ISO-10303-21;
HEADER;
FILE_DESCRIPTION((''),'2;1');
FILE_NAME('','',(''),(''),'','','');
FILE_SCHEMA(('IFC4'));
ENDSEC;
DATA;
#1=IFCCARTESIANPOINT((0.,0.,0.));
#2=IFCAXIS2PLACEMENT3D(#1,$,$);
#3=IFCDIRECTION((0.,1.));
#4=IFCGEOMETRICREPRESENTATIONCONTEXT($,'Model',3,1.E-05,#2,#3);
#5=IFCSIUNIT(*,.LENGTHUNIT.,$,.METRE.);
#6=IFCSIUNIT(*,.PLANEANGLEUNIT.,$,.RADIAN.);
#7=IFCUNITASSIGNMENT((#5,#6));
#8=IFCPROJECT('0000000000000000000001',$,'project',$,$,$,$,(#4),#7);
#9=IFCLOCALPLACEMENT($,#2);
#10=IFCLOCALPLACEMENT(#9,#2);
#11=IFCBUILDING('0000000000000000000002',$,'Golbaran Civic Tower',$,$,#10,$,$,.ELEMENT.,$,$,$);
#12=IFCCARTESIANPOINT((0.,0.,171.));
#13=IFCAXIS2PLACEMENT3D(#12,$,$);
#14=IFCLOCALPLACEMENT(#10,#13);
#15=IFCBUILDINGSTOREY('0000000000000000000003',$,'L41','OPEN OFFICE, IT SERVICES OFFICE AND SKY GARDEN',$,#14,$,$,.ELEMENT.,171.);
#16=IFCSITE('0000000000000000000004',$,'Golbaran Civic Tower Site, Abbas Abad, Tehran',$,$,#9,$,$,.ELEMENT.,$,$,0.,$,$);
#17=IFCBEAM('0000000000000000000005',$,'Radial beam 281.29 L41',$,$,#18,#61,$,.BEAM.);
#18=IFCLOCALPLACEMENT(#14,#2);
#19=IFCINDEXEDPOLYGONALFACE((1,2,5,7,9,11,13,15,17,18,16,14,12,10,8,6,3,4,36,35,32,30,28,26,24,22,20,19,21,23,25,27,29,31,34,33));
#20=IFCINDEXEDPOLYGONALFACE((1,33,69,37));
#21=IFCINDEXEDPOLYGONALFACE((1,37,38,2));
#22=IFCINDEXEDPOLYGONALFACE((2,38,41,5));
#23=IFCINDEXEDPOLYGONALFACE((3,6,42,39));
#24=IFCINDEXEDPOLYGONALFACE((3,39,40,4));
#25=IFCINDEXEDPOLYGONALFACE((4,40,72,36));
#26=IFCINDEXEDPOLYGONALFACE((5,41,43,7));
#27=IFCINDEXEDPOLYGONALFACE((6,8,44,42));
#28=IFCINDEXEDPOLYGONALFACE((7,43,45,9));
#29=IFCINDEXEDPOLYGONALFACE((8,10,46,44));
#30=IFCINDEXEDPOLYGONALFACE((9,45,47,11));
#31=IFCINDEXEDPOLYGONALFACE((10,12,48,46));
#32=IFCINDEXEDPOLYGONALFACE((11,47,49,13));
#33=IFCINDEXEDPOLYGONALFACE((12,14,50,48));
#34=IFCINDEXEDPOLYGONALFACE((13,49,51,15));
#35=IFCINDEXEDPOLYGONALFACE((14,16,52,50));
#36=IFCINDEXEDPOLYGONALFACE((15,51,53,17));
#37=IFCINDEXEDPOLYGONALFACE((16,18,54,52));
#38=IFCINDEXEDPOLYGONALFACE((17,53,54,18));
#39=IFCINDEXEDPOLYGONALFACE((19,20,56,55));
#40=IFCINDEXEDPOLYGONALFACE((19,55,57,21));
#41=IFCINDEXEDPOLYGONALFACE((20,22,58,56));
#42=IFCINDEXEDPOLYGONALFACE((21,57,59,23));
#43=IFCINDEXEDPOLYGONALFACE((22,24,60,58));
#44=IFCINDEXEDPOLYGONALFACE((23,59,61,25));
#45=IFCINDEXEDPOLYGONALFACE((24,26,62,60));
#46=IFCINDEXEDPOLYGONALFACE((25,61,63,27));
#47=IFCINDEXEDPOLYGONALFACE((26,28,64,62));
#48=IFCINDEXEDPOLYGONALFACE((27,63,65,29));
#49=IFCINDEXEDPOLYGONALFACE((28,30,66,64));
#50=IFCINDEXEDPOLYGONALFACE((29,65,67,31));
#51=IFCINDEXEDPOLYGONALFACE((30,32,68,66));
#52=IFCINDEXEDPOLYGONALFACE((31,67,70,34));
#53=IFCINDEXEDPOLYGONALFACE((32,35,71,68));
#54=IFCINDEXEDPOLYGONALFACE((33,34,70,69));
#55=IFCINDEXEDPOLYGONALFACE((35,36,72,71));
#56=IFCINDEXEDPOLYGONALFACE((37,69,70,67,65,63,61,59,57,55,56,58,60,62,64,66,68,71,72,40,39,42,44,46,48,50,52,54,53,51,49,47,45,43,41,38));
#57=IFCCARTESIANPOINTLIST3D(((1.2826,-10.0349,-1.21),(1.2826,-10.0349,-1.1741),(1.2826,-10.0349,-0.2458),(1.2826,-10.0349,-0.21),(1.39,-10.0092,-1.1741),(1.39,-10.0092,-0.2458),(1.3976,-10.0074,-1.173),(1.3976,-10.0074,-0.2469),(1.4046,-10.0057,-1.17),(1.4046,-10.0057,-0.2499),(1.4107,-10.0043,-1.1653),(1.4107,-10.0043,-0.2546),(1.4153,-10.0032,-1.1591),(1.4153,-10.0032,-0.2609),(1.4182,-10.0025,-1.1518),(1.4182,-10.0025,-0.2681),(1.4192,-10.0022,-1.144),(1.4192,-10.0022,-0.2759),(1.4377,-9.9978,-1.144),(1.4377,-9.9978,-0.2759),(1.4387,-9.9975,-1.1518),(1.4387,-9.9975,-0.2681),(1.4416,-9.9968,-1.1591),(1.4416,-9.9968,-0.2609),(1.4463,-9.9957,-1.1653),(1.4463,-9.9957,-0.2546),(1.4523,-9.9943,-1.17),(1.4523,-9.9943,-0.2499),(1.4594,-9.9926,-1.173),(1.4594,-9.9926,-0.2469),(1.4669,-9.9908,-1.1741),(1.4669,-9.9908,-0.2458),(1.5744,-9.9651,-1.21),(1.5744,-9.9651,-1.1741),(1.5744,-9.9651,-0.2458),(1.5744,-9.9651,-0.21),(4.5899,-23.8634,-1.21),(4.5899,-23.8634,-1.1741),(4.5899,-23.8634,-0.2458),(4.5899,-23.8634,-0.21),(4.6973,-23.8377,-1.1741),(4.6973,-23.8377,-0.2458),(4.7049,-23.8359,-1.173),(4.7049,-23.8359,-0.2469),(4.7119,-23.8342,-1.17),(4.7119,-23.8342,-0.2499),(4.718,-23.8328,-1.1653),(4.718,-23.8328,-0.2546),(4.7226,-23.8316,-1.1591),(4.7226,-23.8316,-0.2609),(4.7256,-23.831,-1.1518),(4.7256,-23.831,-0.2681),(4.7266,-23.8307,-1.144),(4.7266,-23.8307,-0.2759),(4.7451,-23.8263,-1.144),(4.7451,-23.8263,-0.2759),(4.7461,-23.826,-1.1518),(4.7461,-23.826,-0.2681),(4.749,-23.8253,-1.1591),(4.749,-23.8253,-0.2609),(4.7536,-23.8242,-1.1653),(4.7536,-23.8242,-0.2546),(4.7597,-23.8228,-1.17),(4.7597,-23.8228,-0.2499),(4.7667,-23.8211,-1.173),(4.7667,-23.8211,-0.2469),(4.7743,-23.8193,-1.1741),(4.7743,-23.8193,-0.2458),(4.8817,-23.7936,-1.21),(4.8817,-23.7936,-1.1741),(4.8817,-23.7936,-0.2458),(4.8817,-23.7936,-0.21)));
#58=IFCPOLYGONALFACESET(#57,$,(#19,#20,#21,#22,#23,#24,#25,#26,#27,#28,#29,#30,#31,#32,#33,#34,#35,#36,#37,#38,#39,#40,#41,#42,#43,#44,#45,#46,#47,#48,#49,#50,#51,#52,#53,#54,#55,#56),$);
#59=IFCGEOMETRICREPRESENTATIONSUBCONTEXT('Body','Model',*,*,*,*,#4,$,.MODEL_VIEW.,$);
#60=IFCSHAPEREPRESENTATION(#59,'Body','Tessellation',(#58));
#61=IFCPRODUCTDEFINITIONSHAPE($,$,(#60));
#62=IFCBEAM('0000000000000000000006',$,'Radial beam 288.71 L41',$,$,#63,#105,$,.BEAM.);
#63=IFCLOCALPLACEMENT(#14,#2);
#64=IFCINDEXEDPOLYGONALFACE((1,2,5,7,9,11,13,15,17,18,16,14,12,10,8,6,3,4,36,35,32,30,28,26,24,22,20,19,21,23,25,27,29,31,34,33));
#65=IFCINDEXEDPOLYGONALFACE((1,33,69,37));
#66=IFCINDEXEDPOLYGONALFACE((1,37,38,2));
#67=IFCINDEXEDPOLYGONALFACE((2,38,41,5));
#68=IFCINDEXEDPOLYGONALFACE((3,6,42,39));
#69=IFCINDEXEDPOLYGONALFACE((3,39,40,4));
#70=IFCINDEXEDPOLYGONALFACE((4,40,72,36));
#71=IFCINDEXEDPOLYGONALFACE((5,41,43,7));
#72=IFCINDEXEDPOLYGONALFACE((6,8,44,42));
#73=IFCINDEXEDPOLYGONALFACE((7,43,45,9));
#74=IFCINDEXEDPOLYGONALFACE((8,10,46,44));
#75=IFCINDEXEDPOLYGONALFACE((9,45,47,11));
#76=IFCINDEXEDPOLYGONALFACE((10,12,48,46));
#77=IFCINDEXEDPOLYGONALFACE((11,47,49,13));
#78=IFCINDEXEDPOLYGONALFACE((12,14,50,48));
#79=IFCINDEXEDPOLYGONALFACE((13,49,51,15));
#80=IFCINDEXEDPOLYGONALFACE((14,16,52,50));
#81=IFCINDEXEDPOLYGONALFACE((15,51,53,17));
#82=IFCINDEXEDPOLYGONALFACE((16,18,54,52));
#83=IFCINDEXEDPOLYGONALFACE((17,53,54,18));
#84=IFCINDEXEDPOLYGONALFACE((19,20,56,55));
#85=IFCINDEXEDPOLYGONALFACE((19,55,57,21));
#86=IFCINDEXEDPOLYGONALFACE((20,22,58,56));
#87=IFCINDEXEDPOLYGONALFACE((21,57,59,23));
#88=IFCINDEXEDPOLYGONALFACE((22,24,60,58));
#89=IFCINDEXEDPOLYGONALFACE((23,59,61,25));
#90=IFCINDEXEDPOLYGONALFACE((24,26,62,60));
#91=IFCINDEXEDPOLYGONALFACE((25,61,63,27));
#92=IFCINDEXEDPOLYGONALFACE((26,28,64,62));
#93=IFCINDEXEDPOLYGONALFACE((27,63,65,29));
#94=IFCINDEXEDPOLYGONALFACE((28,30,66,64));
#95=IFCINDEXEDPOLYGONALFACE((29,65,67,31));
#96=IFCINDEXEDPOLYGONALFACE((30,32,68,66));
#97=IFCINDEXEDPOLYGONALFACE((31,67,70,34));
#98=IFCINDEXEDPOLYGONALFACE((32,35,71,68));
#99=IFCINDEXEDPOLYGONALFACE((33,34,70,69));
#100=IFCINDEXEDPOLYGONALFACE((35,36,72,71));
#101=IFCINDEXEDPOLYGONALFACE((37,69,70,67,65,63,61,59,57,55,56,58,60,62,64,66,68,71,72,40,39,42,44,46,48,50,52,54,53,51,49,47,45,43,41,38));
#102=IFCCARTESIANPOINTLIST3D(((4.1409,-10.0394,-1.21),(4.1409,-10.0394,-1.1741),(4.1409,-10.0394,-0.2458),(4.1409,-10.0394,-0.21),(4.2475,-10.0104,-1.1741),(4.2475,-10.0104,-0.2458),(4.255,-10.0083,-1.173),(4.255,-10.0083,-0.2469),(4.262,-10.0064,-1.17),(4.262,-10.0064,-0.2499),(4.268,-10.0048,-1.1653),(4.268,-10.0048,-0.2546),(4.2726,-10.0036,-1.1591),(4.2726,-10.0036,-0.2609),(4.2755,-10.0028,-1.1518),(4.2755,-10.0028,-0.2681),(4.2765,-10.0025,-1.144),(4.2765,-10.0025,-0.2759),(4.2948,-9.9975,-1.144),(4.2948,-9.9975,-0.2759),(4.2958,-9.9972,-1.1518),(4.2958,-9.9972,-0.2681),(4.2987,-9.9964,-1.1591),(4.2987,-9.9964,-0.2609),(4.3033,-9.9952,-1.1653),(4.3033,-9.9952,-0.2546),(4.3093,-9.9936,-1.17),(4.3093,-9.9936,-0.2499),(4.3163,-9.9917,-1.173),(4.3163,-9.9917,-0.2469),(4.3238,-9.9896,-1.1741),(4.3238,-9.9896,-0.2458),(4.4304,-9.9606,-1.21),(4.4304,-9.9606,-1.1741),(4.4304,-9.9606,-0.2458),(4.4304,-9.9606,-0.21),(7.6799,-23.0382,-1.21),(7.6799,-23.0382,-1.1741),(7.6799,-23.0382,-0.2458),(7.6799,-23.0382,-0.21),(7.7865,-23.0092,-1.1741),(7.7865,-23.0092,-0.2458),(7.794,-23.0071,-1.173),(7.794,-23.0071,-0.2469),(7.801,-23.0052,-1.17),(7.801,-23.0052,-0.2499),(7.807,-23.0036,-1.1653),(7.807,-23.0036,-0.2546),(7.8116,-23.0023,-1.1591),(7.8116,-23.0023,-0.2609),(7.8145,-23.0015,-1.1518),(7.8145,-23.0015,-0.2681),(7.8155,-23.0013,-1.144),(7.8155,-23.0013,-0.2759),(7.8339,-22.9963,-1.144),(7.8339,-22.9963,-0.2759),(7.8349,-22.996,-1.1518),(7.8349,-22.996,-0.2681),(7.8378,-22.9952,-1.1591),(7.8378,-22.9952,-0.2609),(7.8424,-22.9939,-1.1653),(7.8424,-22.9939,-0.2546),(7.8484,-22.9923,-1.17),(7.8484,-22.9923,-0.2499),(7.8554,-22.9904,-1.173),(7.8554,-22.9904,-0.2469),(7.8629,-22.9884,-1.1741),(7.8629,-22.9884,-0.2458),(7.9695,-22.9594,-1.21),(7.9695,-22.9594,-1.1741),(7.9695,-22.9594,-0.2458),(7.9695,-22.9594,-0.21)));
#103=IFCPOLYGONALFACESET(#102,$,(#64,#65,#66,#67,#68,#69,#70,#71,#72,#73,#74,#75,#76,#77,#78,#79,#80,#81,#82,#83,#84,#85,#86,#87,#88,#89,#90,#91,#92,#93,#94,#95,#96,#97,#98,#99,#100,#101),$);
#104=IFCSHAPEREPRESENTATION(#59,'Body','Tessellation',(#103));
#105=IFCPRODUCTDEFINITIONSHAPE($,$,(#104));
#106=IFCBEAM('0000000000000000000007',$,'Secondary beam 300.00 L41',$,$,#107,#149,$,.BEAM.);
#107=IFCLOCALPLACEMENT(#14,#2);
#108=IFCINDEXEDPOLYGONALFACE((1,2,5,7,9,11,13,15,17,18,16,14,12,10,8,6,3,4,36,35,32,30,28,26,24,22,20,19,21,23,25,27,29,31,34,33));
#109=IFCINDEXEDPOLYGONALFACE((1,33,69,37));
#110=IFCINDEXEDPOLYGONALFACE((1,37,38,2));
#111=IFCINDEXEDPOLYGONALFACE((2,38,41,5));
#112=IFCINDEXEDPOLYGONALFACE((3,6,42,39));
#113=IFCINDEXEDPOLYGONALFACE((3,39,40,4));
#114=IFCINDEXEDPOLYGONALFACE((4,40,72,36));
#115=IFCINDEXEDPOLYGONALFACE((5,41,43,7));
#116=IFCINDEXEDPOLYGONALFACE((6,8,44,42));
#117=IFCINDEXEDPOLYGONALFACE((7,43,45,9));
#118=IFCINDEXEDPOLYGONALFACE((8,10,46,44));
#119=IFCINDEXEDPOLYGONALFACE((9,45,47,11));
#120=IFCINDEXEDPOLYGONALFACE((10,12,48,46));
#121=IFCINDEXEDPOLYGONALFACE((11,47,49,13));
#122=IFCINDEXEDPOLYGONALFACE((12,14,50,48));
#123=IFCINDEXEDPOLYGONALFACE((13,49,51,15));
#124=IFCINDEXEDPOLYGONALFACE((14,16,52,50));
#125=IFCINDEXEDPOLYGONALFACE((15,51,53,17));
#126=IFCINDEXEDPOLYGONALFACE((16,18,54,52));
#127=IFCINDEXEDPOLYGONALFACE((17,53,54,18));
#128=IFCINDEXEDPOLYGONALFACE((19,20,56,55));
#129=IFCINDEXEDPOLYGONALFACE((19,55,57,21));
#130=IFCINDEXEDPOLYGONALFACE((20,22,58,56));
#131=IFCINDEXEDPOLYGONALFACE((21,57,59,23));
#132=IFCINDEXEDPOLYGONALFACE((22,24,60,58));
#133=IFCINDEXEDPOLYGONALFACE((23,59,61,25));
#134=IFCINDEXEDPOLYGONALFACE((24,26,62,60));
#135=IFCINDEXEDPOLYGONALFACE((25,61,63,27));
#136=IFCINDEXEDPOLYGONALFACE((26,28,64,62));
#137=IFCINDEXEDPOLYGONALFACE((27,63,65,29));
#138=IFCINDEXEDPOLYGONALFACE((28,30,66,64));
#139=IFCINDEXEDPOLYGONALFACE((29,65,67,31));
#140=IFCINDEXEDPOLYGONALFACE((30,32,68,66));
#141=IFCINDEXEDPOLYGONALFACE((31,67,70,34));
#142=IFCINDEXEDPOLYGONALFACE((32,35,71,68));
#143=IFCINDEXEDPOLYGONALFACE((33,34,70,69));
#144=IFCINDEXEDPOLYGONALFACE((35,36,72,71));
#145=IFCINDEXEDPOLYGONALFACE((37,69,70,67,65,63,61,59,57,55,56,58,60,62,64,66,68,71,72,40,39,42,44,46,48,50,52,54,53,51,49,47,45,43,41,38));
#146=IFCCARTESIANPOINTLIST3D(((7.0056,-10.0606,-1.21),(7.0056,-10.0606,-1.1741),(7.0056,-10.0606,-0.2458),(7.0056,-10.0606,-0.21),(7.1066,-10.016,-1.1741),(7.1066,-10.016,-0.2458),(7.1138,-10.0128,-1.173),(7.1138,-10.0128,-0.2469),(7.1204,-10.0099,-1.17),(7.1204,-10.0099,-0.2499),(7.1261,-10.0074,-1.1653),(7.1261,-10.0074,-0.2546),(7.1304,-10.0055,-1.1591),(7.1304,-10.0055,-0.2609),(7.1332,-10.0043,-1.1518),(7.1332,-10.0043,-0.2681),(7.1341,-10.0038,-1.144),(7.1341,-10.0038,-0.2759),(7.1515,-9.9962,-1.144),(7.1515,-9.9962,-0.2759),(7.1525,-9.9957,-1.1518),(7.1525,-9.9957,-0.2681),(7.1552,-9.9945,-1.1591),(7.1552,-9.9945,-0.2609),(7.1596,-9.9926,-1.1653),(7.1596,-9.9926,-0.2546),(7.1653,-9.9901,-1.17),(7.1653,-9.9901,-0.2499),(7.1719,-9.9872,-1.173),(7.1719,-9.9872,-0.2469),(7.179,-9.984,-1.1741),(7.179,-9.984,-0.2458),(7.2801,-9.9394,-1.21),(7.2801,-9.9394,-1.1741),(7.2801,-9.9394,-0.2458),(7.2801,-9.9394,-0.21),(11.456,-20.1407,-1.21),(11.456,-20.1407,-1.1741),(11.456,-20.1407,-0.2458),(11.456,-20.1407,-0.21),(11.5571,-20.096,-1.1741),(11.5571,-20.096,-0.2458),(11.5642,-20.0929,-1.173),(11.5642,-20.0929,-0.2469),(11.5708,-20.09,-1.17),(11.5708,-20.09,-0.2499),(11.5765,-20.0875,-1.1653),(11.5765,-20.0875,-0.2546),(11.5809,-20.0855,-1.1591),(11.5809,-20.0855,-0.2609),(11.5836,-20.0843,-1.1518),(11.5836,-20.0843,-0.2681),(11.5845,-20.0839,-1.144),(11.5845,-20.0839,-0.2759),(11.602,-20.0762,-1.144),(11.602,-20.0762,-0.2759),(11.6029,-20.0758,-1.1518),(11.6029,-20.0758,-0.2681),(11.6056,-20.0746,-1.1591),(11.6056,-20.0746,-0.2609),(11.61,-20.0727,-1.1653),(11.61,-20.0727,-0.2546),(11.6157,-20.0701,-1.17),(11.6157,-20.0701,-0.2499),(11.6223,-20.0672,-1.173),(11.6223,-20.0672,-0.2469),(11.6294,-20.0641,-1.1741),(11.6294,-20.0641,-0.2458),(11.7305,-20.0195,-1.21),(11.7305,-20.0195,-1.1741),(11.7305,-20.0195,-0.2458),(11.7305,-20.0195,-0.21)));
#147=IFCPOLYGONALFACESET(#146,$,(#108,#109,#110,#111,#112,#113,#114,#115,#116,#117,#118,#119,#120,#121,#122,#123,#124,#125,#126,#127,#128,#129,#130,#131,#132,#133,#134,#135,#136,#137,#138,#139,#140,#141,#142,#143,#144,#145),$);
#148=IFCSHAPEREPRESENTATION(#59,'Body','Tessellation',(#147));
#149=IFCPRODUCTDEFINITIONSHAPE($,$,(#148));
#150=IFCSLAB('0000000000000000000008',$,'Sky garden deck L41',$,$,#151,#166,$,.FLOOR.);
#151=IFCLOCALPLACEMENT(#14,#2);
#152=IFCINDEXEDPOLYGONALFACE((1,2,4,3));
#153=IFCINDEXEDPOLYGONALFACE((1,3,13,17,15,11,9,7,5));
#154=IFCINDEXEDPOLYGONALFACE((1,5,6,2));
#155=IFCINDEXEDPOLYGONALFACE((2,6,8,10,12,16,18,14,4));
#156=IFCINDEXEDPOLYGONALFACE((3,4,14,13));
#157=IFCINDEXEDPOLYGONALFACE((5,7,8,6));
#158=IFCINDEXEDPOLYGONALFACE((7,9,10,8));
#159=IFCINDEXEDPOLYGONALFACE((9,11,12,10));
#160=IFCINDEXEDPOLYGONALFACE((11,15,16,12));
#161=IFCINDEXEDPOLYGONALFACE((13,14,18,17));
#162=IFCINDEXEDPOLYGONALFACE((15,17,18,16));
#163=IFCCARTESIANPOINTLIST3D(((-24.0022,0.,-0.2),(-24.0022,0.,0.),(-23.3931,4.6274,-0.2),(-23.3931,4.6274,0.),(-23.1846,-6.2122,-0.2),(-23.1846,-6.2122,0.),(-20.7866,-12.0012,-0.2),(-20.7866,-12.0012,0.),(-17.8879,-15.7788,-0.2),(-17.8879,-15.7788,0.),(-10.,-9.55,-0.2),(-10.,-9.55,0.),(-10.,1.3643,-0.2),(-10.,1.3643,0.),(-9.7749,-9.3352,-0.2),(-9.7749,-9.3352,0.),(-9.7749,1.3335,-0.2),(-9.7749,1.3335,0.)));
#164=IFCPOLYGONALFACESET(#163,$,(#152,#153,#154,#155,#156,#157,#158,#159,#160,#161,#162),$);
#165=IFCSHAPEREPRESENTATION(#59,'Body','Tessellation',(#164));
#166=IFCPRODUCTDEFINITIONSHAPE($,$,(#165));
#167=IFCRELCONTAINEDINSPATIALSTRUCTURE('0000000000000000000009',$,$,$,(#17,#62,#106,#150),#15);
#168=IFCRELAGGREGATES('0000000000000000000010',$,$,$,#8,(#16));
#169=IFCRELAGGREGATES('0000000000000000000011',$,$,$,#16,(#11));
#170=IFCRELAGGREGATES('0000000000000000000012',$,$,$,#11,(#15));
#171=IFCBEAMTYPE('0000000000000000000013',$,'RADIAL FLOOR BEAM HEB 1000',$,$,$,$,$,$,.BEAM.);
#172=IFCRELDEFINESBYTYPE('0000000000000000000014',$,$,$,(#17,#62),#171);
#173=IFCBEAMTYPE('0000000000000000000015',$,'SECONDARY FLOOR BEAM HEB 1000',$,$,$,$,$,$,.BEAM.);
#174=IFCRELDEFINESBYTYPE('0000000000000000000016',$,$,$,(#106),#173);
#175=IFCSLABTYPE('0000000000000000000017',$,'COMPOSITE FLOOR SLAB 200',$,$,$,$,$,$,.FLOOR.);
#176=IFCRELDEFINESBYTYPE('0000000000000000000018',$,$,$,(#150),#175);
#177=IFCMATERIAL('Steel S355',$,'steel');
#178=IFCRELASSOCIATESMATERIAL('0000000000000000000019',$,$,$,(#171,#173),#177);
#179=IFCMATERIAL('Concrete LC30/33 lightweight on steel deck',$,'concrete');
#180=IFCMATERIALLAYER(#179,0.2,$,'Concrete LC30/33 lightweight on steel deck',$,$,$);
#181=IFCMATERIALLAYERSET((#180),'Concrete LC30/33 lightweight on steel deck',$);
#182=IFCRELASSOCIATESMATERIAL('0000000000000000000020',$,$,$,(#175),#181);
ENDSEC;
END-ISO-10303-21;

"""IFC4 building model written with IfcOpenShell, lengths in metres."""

from ifc_helpers import new_model, si_unit, direction, frame, origin, origin_2d, place, context, subcontext, project, spatial, polyline, i_section, outline, extrude, material, layer, layer_set, material_profile, profile_set, type_object, element, save


model = new_model("IFC4")

# Units and contexts
model_context = context("Model", 3, precision=1e-05, world=origin(), true_north=direction((0.0, 1.0)))
body_context = subcontext(model_context, "Body", "Model", "MODEL_VIEW")
ifc_project = project(units=[si_unit("LENGTHUNIT", "METRE"), si_unit("PLANEANGLEUNIT", "RADIAN")], contexts=[model_context])

# Site, building, storey
site_placement = place(None, origin())
site = spatial("IfcSite", under=ifc_project, at=site_placement, Name="Golbaran Civic Tower Site, Abbas Abad, Tehran", CompositionType="ELEMENT", RefElevation=0.0)
building_placement = place(site_placement, origin())
building = spatial("IfcBuilding", under=site, at=building_placement, Name="Golbaran Civic Tower", CompositionType="ELEMENT")
storey_placement = place(building_placement, frame((0.0, 0.0, 171.0)))
storey = spatial("IfcBuildingStorey", under=building, at=storey_placement, Name="L41", Description="OPEN OFFICE, IT SERVICES OFFICE AND SKY GARDEN", CompositionType="ELEMENT", Elevation=171.0)

# Beams
ifc_material_1 = material(Name="Steel S355", Category="steel")
ifc_material_profile_1 = material_profile(ifc_material_1, i_section(OverallWidth=0.3, OverallDepth=1.0, WebThickness=0.019, FlangeThickness=0.0359, FilletRadius=0.03, at=origin_2d()), Name="HEB 1000")
ifc_profile_set_1 = profile_set([ifc_material_profile_1], Name="Steel S355")
beam_type_1 = type_object("IfcBeamType", Name="RADIAL FLOOR BEAM HEB 1000", PredefinedType="BEAM", material=ifc_profile_set_1)
beam_1_placement = place(storey_placement, frame((1.4285, -10.0, -0.71), z_axis=(0.232609, -0.97257, 0.0), x_axis=(0.97257, 0.232609, 0.0)))
element("IfcBeam", 1, at=beam_1_placement, inside=storey, type_object=beam_type_1, Name="Radial beam 281.29 L41", PredefinedType="BEAM", context=body_context, shape_type="SweptSolid", body=[
    extrude(i_section(OverallWidth=0.3, OverallDepth=1.0, WebThickness=0.019, FlangeThickness=0.0359, FilletRadius=0.03, at=origin_2d()), origin(), (0.0, 0.0, 1.0), 14.2185),
])
beam_2_placement = place(storey_placement, frame((4.2856, -10.0, -0.71), z_axis=(0.262699, -0.964878, 0.0), x_axis=(0.964878, 0.262699, 0.0)))
element("IfcBeam", 2, at=beam_2_placement, inside=storey, type_object=beam_type_1, Name="Radial beam 288.71 L41", PredefinedType="BEAM", context=body_context, shape_type="SweptSolid", body=[
    extrude(i_section(OverallWidth=0.3, OverallDepth=1.0, WebThickness=0.019, FlangeThickness=0.0359, FilletRadius=0.03, at=origin_2d()), origin(), (0.0, 0.0, 1.0), 13.4719),
])
ifc_material_profile_2 = material_profile(ifc_material_1, i_section(OverallWidth=0.3, OverallDepth=1.0, WebThickness=0.019, FlangeThickness=0.0359, FilletRadius=0.03, at=origin_2d()), Name="HEB 1000")
ifc_profile_set_2 = profile_set([ifc_material_profile_2], Name="Steel S355")
beam_type_2 = type_object("IfcBeamType", Name="SECONDARY FLOOR BEAM HEB 1000", PredefinedType="BEAM", material=ifc_profile_set_2)
beam_3_placement = place(storey_placement, frame((7.1428, -10.0, -0.71), z_axis=(0.403894, -0.914806, 0.0), x_axis=(0.914806, 0.403894, 0.0)))
element("IfcBeam", 3, at=beam_3_placement, inside=storey, type_object=beam_type_2, Name="Secondary beam 300.00 L41", PredefinedType="BEAM", context=body_context, shape_type="SweptSolid", body=[
    extrude(i_section(OverallWidth=0.3, OverallDepth=1.0, WebThickness=0.019, FlangeThickness=0.0359, FilletRadius=0.03, at=origin_2d()), origin(), (0.0, 0.0, 1.0), 11.0188),
])

# Slab
ifc_material_2 = material(Name="Concrete LC30/33 lightweight on steel deck", Category="concrete")
ifc_layer_1 = layer(ifc_material_2, 0.2, Name="Concrete LC30/33 lightweight on steel deck")
ifc_layer_set_1 = layer_set([ifc_layer_1], Name="Concrete LC30/33 lightweight on steel deck")
slab_type = type_object("IfcSlabType", Name="COMPOSITE FLOOR SLAB 200", PredefinedType="FLOOR", material=ifc_layer_set_1)
slab_1_placement = place(storey_placement, frame((0.0, 0.0, -0.2)))
element("IfcSlab", 4, at=slab_1_placement, inside=storey, type_object=slab_type, Name="Sky garden deck L41", PredefinedType="FLOOR", context=body_context, shape_type="SweptSolid", body=[
    extrude(outline(polyline([(-23.1846, -6.2122), (-24.0022, 0.0), (-23.3931, 4.6274), (-10.0, 1.3643), (-9.7749, 1.3335), (-9.7749, -9.3352), (-10.0, -9.55), (-17.8879, -15.7788), (-20.7866, -12.0012), (-23.1846, -6.2122)])), origin(), (0.0, 0.0, 1.0), 0.2),
])

save(model, "model.ifc")
